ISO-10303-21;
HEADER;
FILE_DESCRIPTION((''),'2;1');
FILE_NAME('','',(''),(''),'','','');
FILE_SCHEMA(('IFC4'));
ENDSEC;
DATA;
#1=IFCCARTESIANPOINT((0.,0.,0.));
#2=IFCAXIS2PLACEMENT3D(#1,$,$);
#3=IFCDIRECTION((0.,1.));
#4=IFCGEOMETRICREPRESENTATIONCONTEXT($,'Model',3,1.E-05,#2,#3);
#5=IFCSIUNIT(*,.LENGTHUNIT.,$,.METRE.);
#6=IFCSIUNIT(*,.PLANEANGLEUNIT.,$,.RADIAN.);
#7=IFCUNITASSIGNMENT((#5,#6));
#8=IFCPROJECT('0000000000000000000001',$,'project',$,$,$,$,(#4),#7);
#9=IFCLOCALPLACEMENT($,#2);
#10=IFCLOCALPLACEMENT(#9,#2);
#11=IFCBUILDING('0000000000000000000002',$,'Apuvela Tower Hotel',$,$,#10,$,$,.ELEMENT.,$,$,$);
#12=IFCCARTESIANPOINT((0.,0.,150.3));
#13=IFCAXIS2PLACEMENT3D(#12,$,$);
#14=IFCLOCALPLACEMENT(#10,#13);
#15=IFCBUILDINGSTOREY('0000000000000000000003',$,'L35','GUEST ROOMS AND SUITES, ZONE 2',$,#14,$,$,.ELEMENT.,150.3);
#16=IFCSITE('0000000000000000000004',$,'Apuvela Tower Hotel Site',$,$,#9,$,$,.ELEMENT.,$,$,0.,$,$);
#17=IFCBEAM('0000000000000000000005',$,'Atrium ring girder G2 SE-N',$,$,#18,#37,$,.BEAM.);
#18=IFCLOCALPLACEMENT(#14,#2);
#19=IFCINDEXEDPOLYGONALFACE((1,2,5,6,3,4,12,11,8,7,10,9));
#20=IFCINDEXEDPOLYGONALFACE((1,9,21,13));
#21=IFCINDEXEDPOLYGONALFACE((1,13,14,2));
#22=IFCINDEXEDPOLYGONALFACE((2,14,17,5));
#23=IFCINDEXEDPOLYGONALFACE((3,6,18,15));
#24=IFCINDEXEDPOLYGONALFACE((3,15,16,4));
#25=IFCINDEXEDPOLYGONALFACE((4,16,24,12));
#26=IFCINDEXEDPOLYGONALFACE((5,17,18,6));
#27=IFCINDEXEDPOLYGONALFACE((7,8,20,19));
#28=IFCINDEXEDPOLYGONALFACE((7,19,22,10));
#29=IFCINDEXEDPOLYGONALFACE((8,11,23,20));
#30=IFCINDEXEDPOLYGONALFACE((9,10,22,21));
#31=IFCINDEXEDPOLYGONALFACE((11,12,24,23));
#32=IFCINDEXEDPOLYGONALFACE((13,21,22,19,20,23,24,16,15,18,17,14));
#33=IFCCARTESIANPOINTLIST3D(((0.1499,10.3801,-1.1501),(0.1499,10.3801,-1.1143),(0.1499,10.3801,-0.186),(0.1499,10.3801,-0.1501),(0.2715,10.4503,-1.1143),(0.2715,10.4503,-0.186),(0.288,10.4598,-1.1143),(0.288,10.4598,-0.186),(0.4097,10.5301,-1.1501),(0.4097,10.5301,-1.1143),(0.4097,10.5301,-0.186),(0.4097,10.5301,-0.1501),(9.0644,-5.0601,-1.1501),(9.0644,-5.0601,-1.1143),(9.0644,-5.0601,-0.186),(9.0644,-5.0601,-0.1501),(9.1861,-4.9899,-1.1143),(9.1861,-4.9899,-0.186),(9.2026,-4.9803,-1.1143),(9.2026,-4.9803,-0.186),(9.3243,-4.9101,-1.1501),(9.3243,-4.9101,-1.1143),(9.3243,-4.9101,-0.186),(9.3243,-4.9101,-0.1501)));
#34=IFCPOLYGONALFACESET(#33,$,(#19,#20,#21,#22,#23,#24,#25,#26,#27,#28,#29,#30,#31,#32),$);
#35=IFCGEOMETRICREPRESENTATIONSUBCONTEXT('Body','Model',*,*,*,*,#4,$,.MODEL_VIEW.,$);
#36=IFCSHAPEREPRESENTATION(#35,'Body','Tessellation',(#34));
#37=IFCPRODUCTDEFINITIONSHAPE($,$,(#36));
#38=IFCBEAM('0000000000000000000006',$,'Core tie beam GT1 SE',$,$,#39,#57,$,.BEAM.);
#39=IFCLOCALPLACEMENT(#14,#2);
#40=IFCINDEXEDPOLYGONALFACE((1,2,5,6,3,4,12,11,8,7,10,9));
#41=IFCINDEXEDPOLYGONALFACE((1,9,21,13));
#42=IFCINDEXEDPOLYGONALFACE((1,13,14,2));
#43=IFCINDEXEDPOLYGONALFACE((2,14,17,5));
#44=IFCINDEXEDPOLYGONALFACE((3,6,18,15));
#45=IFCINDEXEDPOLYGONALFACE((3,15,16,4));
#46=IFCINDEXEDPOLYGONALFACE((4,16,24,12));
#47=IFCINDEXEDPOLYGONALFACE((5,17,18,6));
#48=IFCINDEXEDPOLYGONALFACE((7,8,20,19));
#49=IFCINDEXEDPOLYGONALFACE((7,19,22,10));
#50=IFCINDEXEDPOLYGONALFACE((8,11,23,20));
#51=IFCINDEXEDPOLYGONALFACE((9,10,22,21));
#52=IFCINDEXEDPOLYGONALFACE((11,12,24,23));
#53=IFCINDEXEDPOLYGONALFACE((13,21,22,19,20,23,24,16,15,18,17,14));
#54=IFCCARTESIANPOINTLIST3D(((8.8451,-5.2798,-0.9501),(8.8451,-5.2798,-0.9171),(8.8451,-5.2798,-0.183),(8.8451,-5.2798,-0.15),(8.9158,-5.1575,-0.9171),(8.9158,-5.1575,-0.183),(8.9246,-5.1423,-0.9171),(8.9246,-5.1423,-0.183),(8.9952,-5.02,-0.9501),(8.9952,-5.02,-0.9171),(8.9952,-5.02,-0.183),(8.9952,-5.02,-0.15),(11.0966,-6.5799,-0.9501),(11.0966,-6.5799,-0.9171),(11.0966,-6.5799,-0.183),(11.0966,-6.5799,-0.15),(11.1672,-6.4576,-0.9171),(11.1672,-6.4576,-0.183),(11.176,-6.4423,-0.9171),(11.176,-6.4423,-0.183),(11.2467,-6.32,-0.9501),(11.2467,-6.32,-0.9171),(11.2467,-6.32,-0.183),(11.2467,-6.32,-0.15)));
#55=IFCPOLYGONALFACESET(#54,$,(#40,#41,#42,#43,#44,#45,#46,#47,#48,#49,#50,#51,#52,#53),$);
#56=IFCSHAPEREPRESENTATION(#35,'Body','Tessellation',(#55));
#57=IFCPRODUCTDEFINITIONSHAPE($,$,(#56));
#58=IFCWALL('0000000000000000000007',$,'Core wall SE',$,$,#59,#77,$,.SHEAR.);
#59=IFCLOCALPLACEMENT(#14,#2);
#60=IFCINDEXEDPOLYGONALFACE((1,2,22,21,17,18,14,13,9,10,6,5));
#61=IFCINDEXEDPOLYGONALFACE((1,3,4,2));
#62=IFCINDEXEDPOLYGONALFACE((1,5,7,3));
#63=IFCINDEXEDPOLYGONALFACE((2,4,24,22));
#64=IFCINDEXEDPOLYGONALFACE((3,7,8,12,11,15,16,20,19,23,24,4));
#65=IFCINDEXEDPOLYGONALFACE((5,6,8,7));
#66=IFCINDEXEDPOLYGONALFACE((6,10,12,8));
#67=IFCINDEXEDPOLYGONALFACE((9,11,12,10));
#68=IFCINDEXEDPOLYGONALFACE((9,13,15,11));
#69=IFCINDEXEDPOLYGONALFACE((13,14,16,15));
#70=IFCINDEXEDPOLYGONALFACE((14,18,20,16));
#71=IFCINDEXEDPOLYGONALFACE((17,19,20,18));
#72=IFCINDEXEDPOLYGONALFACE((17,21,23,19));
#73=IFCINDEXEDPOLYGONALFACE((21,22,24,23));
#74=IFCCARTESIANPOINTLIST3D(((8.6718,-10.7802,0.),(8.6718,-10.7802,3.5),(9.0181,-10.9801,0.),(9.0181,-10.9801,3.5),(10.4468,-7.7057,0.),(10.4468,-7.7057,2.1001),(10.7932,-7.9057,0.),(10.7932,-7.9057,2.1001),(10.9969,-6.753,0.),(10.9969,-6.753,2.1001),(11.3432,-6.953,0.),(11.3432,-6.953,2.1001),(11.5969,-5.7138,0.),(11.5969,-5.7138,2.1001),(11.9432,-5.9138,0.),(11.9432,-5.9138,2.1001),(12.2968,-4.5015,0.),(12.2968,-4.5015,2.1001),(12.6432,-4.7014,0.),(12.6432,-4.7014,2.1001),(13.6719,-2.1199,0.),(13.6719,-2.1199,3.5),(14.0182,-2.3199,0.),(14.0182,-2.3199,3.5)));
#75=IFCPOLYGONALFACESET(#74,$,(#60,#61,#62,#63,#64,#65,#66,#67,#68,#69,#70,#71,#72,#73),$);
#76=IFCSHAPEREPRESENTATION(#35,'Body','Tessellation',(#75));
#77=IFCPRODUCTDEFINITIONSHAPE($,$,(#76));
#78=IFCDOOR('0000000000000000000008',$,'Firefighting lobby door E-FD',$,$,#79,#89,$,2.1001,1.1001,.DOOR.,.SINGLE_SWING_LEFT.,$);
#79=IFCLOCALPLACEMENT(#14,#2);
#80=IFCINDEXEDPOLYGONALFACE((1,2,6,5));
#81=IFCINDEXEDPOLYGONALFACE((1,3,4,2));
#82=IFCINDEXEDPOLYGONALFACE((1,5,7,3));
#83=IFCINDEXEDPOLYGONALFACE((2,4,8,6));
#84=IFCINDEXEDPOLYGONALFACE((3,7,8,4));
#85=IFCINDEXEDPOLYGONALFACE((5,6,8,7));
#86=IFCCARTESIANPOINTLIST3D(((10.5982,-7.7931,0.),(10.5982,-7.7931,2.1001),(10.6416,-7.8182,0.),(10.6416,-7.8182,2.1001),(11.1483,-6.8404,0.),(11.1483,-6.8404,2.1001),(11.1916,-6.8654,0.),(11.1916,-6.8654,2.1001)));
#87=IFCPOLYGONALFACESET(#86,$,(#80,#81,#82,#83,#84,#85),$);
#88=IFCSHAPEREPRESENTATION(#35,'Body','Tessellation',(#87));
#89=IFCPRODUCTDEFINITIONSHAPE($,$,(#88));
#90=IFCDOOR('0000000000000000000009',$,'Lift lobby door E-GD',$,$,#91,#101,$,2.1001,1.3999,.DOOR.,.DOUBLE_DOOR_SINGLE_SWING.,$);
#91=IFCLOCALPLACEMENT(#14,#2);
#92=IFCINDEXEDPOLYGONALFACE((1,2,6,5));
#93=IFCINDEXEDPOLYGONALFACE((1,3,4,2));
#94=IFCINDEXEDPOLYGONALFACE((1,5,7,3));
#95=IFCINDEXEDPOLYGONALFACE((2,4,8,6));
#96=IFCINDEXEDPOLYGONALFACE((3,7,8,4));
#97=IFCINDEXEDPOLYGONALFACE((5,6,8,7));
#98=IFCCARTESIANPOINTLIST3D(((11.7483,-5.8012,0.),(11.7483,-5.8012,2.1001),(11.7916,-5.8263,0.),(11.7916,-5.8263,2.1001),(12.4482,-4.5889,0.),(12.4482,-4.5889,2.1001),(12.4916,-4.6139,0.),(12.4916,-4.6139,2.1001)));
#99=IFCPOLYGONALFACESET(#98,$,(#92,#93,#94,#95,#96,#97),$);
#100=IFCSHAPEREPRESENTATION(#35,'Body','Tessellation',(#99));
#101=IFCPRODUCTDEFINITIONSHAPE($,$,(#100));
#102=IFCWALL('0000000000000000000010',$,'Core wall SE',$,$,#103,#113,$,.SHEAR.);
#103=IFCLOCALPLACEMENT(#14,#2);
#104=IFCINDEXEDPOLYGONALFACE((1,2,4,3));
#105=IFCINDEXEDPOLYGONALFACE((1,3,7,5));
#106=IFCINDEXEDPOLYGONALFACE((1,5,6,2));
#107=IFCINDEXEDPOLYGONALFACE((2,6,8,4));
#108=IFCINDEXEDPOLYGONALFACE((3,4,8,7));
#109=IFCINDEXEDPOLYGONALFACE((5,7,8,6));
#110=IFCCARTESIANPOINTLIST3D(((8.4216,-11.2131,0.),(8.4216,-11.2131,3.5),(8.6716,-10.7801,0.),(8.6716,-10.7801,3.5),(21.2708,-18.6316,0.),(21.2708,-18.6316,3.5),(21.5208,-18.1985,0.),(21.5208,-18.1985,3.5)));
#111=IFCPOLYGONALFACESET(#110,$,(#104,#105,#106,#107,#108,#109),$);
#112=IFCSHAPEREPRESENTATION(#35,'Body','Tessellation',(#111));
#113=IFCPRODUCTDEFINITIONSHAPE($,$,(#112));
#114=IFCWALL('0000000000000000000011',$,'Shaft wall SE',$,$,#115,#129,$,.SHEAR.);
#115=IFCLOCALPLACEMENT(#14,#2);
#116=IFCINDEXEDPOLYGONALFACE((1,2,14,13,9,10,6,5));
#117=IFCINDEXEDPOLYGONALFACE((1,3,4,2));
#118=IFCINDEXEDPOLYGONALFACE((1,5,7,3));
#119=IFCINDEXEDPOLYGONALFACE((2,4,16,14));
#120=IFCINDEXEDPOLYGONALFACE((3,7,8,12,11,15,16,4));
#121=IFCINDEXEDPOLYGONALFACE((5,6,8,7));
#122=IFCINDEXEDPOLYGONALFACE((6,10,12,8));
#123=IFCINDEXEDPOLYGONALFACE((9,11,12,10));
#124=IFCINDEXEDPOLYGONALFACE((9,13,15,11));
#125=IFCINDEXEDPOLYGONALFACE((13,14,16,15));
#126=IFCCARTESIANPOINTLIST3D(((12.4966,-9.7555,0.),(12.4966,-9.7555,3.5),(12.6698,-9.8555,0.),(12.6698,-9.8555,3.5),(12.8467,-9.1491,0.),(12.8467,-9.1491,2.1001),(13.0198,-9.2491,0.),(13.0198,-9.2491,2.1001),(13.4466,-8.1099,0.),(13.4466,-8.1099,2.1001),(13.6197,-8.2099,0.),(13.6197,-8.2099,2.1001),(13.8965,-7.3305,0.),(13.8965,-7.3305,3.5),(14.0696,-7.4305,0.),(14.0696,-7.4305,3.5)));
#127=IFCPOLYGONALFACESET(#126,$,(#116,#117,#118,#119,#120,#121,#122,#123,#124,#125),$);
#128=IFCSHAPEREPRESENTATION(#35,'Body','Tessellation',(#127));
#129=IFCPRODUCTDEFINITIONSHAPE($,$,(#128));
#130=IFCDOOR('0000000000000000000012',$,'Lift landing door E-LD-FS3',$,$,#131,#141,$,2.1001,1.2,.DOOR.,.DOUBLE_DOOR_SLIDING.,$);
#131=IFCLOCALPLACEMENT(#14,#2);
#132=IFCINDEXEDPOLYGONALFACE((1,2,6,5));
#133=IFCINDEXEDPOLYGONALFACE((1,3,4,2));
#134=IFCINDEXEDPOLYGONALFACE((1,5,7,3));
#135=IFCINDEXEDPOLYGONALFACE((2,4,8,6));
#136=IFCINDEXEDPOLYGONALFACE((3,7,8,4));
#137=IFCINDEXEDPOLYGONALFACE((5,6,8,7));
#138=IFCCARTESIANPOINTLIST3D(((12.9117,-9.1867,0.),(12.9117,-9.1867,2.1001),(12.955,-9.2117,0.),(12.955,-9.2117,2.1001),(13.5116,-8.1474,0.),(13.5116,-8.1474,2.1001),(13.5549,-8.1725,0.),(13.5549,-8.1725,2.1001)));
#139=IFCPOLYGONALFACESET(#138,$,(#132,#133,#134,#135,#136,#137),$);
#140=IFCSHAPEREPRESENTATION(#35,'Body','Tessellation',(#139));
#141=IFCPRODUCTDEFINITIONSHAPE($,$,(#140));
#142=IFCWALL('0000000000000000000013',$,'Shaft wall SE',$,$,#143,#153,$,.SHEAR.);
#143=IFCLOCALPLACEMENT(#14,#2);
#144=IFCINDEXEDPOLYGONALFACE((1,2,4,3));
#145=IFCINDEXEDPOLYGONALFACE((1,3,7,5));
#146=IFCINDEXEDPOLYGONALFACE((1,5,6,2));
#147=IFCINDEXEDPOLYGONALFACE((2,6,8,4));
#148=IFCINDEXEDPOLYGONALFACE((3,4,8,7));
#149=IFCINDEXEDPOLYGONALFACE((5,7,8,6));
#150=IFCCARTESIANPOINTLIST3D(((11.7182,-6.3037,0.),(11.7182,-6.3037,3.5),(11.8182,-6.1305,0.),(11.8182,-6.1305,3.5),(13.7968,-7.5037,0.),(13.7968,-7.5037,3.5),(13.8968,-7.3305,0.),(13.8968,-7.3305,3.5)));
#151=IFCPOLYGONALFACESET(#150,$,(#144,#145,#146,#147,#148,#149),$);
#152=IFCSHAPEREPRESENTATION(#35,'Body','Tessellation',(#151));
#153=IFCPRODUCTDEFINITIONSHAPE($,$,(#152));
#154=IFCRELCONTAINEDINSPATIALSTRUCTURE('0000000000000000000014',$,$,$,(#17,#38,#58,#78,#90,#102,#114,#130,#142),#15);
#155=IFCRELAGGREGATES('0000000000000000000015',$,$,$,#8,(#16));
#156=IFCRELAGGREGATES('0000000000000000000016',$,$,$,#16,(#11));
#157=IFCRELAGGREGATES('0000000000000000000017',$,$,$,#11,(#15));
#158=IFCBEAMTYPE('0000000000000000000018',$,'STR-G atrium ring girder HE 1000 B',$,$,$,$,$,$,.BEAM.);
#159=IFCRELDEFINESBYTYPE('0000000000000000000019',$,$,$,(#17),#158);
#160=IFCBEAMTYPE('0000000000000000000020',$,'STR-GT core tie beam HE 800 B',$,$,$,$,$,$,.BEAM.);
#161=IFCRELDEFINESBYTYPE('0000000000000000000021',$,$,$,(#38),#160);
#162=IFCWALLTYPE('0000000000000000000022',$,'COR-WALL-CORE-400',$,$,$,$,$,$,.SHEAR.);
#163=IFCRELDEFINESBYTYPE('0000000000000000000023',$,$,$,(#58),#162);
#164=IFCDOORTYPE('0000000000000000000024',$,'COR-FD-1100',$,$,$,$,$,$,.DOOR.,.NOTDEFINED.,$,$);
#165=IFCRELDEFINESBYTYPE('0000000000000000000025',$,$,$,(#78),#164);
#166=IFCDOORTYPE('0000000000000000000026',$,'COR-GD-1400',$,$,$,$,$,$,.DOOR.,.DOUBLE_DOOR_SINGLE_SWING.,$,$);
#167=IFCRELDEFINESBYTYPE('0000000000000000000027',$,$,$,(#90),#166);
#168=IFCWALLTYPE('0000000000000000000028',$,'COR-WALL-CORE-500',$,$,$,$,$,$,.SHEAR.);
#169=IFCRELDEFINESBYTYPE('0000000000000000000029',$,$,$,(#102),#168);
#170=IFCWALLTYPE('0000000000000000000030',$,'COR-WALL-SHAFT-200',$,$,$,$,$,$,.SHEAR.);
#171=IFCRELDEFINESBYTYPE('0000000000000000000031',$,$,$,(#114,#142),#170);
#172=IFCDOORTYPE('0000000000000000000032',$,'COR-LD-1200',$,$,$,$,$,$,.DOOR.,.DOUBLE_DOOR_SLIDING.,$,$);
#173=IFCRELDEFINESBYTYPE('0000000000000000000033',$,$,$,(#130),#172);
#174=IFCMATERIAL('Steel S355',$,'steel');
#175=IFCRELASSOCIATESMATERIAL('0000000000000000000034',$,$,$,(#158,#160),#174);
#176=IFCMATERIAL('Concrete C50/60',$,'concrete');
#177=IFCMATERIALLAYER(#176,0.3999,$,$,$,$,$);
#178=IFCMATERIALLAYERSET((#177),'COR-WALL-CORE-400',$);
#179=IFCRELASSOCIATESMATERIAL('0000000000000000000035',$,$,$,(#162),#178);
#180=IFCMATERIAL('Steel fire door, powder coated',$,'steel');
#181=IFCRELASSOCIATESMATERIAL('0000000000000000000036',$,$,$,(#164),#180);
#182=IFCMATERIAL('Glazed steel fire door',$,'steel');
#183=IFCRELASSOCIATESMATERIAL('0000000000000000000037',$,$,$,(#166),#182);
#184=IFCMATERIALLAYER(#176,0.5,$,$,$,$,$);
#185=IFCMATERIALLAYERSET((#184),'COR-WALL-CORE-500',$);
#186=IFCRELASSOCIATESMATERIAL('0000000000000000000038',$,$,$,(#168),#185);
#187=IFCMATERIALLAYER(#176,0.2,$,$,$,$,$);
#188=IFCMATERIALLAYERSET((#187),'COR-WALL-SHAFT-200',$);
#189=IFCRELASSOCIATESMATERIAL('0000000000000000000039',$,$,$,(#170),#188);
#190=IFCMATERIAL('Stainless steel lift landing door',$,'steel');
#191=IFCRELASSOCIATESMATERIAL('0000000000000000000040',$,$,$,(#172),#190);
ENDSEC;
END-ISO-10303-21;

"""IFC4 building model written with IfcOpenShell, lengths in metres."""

from ifc_helpers import new_model, si_unit, direction, frame, frame_2d, origin, origin_2d, place, context, subcontext, project, spatial, rectangle, i_section, extrude, material, layer, layer_set, material_profile, profile_set, type_object, element, fill, save


model = new_model("IFC4")

# Units and contexts
model_context = context("Model", 3, precision=1e-05, world=origin(), true_north=direction((0.0, 1.0)))
body_context = subcontext(model_context, "Body", "Model", "MODEL_VIEW")
ifc_project = project(units=[si_unit("LENGTHUNIT", "METRE"), si_unit("PLANEANGLEUNIT", "RADIAN")], contexts=[model_context])

# Site, building, storey
site_placement = place(None, origin())
site = spatial("IfcSite", under=ifc_project, at=site_placement, Name="Apuvela Tower Hotel Site", CompositionType="ELEMENT", RefElevation=0.0)
building_placement = place(site_placement, origin())
building = spatial("IfcBuilding", under=site, at=building_placement, Name="Apuvela Tower Hotel", CompositionType="ELEMENT")
storey_placement = place(building_placement, frame((0.0, 0.0, 150.3)))
storey = spatial("IfcBuildingStorey", under=building, at=storey_placement, Name="L35", Description="GUEST ROOMS AND SUITES, ZONE 2", CompositionType="ELEMENT", Elevation=150.3)

# Beams
ifc_material_1 = material(Name="Steel S355", Category="steel")
ifc_material_profile_1 = material_profile(ifc_material_1, i_section(OverallWidth=0.3, OverallDepth=1.0, WebThickness=0.019, FlangeThickness=0.0359, at=origin_2d()), Name="HE 1000 B")
ifc_profile_set_1 = profile_set([ifc_material_profile_1], Name="Steel S355")
beam_type_1 = type_object("IfcBeamType", Name="STR-G atrium ring girder HE 1000 B", PredefinedType="BEAM", material=ifc_profile_set_1)
beam_1_placement = place(storey_placement, frame((9.1943, -4.9851, -0.6501), z_axis=(-0.500007, 0.866022, 0.0), x_axis=(-0.866022, -0.500007, 0.0)))
element("IfcBeam", 1, at=beam_1_placement, inside=storey, type_object=beam_type_1, Name="Atrium ring girder G2 SE-N", PredefinedType="BEAM", context=body_context, shape_type="SweptSolid", body=[
    extrude(i_section(OverallWidth=0.3, OverallDepth=1.0, WebThickness=0.019, FlangeThickness=0.0359, at=origin_2d()), origin(), (0.0, 0.0, 1.0), 17.8289),
])
ifc_material_profile_2 = material_profile(ifc_material_1, i_section(OverallWidth=0.3, OverallDepth=0.8, WebThickness=0.0176, FlangeThickness=0.033, at=origin_2d()), Name="HE 800 B")
ifc_profile_set_2 = profile_set([ifc_material_profile_2], Name="Steel S355")
beam_type_2 = type_object("IfcBeamType", Name="STR-GT core tie beam HE 800 B", PredefinedType="BEAM", material=ifc_profile_set_2)
beam_2_placement = place(storey_placement, frame((11.1716, -6.45, -0.55), z_axis=(-0.865998, 0.500048, 0.0), x_axis=(-0.500048, -0.865998, 0.0)))
element("IfcBeam", 2, at=beam_2_placement, inside=storey, type_object=beam_type_2, Name="Core tie beam GT1 SE", PredefinedType="BEAM", context=body_context, shape_type="SweptSolid", body=[
    extrude(i_section(OverallWidth=0.3, OverallDepth=0.8, WebThickness=0.0176, FlangeThickness=0.033, at=origin_2d()), origin(), (0.0, 0.0, 1.0), 2.5999),
])

# Wall, openings, doors
ifc_material_2 = material(Name="Concrete C50/60", Category="concrete")
ifc_layer_1 = layer(ifc_material_2, 0.3999)
ifc_layer_set_1 = layer_set([ifc_layer_1], Name="COR-WALL-CORE-400")
wall_type_1 = type_object("IfcWallType", Name="COR-WALL-CORE-400", PredefinedType="SHEAR", material=ifc_layer_set_1)
wall_1_placement = place(storey_placement, frame((8.845, -10.8801, 0.0), z_axis=(0.0, 0.0, 1.0), x_axis=(0.500004, 0.866023, 0.0)))
wall_1 = element("IfcWall", 3, at=wall_1_placement, inside=storey, type_object=wall_type_1, Name="Core wall SE", PredefinedType="SHEAR", context=body_context, shape_type="SweptSolid", body=[
    extrude(rectangle(XDim=10.0, YDim=0.3999, at=frame_2d((5.0, 0.0))), origin(), (0.0, 0.0, 1.0), 3.5),
])
opening_1_placement = place(wall_1_placement, frame((3.55, 0.0, 0.0)))
opening_1 = element("IfcOpeningElement", 4, at=opening_1_placement, cuts=wall_1, PredefinedType="OPENING", context=body_context, shape_type="SweptSolid", body=[
    extrude(rectangle(XDim=1.1001, YDim=2.1001, at=frame_2d((0.55, 1.05))), frame((0.0, 0.21, 0.0), z_axis=(0.0, -1.0, 0.0), x_axis=(1.0, 0.0, 0.0)), (0.0, 0.0, 1.0), 0.4199),
])
opening_2_placement = place(wall_1_placement, frame((5.8501, 0.0, 0.0)))
opening_2 = element("IfcOpeningElement", 5, at=opening_2_placement, cuts=wall_1, PredefinedType="OPENING", context=body_context, shape_type="SweptSolid", body=[
    extrude(rectangle(XDim=1.3999, YDim=2.1001, at=frame_2d((0.7, 1.05))), frame((0.0, 0.21, 0.0), z_axis=(0.0, -1.0, 0.0), x_axis=(1.0, 0.0, 0.0)), (0.0, 0.0, 1.0), 0.4199),
])
ifc_material_3 = material(Name="Steel fire door, powder coated", Category="steel")
door_type_1 = type_object("IfcDoorType", Name="COR-FD-1100", OperationType="NOTDEFINED", PredefinedType="DOOR", material=ifc_material_3)
door_1_placement = place(opening_1_placement, frame((1.1001, 0.0, 0.0), z_axis=(0.0, 0.0, 1.0), x_axis=(-1.0, 0.0, 0.0)))
door_1 = element("IfcDoor", 6, at=door_1_placement, inside=storey, type_object=door_type_1, Name="Firefighting lobby door E-FD", OperationType="SINGLE_SWING_LEFT", OverallHeight=2.1001, OverallWidth=1.1001, PredefinedType="DOOR", context=body_context, shape_type="SweptSolid", body=[
    extrude(rectangle(XDim=1.1001, YDim=2.1001, at=frame_2d((0.55, 1.05))), frame((0.0, 0.0249, 0.0), z_axis=(0.0, -1.0, 0.0), x_axis=(1.0, 0.0, 0.0)), (0.0, 0.0, 1.0), 0.05),
])
fill(opening_1, door_1)
ifc_material_4 = material(Name="Glazed steel fire door", Category="steel")
door_type_2 = type_object("IfcDoorType", Name="COR-GD-1400", OperationType="DOUBLE_DOOR_SINGLE_SWING", PredefinedType="DOOR", material=ifc_material_4)
door_2_placement = place(opening_2_placement, frame((1.3999, 0.0, 0.0), z_axis=(0.0, 0.0, 1.0), x_axis=(-1.0, 0.0, 0.0)))
door_2 = element("IfcDoor", 7, at=door_2_placement, inside=storey, type_object=door_type_2, Name="Lift lobby door E-GD", OperationType="DOUBLE_DOOR_SINGLE_SWING", OverallHeight=2.1001, OverallWidth=1.3999, PredefinedType="DOOR", context=body_context, shape_type="SweptSolid", body=[
    extrude(rectangle(XDim=1.3999, YDim=2.1001, at=frame_2d((0.7, 1.05))), frame((0.0, 0.0249, 0.0), z_axis=(0.0, -1.0, 0.0), x_axis=(1.0, 0.0, 0.0)), (0.0, 0.0, 1.0), 0.05),
])
fill(opening_2, door_2)

# Wall
ifc_layer_2 = layer(ifc_material_2, 0.5)
ifc_layer_set_2 = layer_set([ifc_layer_2], Name="COR-WALL-CORE-500")
wall_type_2 = type_object("IfcWallType", Name="COR-WALL-CORE-500", PredefinedType="SHEAR", material=ifc_layer_set_2)
wall_2_placement = place(storey_placement, frame((8.5466, -10.9966, 0.0), z_axis=(0.0, 0.0, 1.0), x_axis=(0.866025, -0.500001, 0.0)))
element("IfcWall", 8, at=wall_2_placement, inside=storey, type_object=wall_type_2, Name="Core wall SE", PredefinedType="SHEAR", context=body_context, shape_type="SweptSolid", body=[
    extrude(rectangle(XDim=14.8369, YDim=0.5, at=frame_2d((7.4185, 0.0))), origin(), (0.0, 0.0, 1.0), 3.5),
])

# Wall, opening, door
ifc_layer_3 = layer(ifc_material_2, 0.2)
ifc_layer_set_3 = layer_set([ifc_layer_3], Name="COR-WALL-SHAFT-200")
wall_type_3 = type_object("IfcWallType", Name="COR-WALL-SHAFT-200", PredefinedType="SHEAR", material=ifc_layer_set_3)
wall_3_placement = place(storey_placement, frame((12.5833, -9.8054, 0.0), z_axis=(0.0, 0.0, 1.0), x_axis=(0.499946, 0.866056, 0.0)))
wall_3 = element("IfcWall", 9, at=wall_3_placement, inside=storey, type_object=wall_type_3, Name="Shaft wall SE", PredefinedType="SHEAR", context=body_context, shape_type="SweptSolid", body=[
    extrude(rectangle(XDim=2.8, YDim=0.2, at=frame_2d((1.3999, 0.0))), origin(), (0.0, 0.0, 1.0), 3.5),
])
opening_3_placement = place(wall_3_placement, frame((0.7, 0.0, 0.0)))
opening_3 = element("IfcOpeningElement", 10, at=opening_3_placement, cuts=wall_3, PredefinedType="OPENING", context=body_context, shape_type="SweptSolid", body=[
    extrude(rectangle(XDim=1.2, YDim=2.1001, at=frame_2d((0.6001, 1.05))), frame((0.0, 0.1099, 0.0), z_axis=(0.0, -1.0, 0.0), x_axis=(1.0, 0.0, 0.0)), (0.0, 0.0, 1.0), 0.22),
])
ifc_material_5 = material(Name="Stainless steel lift landing door", Category="steel")
door_type_3 = type_object("IfcDoorType", Name="COR-LD-1200", OperationType="DOUBLE_DOOR_SLIDING", PredefinedType="DOOR", material=ifc_material_5)
door_3_placement = place(opening_3_placement, origin())
door_3 = element("IfcDoor", 11, at=door_3_placement, inside=storey, type_object=door_type_3, Name="Lift landing door E-LD-FS3", OperationType="DOUBLE_DOOR_SLIDING", OverallHeight=2.1001, OverallWidth=1.2, PredefinedType="DOOR", context=body_context, shape_type="SweptSolid", body=[
    extrude(rectangle(XDim=1.2, YDim=2.1001, at=frame_2d((0.6001, 1.05))), frame((0.0, 0.0249, 0.0), z_axis=(0.0, -1.0, 0.0), x_axis=(1.0, 0.0, 0.0)), (0.0, 0.0, 1.0), 0.05),
])
fill(opening_3, door_3)

# Wall
wall_4_placement = place(storey_placement, frame((11.7681, -6.217, 0.0), z_axis=(0.0, 0.0, 1.0), x_axis=(0.86605, -0.499957, 0.0)))
element("IfcWall", 12, at=wall_4_placement, inside=storey, type_object=wall_type_3, Name="Shaft wall SE", PredefinedType="SHEAR", context=body_context, shape_type="SweptSolid", body=[
    extrude(rectangle(XDim=2.4001, YDim=0.2, at=frame_2d((1.2002, 0.0))), origin(), (0.0, 0.0, 1.0), 3.5),
])

save(model, "model.ifc")
